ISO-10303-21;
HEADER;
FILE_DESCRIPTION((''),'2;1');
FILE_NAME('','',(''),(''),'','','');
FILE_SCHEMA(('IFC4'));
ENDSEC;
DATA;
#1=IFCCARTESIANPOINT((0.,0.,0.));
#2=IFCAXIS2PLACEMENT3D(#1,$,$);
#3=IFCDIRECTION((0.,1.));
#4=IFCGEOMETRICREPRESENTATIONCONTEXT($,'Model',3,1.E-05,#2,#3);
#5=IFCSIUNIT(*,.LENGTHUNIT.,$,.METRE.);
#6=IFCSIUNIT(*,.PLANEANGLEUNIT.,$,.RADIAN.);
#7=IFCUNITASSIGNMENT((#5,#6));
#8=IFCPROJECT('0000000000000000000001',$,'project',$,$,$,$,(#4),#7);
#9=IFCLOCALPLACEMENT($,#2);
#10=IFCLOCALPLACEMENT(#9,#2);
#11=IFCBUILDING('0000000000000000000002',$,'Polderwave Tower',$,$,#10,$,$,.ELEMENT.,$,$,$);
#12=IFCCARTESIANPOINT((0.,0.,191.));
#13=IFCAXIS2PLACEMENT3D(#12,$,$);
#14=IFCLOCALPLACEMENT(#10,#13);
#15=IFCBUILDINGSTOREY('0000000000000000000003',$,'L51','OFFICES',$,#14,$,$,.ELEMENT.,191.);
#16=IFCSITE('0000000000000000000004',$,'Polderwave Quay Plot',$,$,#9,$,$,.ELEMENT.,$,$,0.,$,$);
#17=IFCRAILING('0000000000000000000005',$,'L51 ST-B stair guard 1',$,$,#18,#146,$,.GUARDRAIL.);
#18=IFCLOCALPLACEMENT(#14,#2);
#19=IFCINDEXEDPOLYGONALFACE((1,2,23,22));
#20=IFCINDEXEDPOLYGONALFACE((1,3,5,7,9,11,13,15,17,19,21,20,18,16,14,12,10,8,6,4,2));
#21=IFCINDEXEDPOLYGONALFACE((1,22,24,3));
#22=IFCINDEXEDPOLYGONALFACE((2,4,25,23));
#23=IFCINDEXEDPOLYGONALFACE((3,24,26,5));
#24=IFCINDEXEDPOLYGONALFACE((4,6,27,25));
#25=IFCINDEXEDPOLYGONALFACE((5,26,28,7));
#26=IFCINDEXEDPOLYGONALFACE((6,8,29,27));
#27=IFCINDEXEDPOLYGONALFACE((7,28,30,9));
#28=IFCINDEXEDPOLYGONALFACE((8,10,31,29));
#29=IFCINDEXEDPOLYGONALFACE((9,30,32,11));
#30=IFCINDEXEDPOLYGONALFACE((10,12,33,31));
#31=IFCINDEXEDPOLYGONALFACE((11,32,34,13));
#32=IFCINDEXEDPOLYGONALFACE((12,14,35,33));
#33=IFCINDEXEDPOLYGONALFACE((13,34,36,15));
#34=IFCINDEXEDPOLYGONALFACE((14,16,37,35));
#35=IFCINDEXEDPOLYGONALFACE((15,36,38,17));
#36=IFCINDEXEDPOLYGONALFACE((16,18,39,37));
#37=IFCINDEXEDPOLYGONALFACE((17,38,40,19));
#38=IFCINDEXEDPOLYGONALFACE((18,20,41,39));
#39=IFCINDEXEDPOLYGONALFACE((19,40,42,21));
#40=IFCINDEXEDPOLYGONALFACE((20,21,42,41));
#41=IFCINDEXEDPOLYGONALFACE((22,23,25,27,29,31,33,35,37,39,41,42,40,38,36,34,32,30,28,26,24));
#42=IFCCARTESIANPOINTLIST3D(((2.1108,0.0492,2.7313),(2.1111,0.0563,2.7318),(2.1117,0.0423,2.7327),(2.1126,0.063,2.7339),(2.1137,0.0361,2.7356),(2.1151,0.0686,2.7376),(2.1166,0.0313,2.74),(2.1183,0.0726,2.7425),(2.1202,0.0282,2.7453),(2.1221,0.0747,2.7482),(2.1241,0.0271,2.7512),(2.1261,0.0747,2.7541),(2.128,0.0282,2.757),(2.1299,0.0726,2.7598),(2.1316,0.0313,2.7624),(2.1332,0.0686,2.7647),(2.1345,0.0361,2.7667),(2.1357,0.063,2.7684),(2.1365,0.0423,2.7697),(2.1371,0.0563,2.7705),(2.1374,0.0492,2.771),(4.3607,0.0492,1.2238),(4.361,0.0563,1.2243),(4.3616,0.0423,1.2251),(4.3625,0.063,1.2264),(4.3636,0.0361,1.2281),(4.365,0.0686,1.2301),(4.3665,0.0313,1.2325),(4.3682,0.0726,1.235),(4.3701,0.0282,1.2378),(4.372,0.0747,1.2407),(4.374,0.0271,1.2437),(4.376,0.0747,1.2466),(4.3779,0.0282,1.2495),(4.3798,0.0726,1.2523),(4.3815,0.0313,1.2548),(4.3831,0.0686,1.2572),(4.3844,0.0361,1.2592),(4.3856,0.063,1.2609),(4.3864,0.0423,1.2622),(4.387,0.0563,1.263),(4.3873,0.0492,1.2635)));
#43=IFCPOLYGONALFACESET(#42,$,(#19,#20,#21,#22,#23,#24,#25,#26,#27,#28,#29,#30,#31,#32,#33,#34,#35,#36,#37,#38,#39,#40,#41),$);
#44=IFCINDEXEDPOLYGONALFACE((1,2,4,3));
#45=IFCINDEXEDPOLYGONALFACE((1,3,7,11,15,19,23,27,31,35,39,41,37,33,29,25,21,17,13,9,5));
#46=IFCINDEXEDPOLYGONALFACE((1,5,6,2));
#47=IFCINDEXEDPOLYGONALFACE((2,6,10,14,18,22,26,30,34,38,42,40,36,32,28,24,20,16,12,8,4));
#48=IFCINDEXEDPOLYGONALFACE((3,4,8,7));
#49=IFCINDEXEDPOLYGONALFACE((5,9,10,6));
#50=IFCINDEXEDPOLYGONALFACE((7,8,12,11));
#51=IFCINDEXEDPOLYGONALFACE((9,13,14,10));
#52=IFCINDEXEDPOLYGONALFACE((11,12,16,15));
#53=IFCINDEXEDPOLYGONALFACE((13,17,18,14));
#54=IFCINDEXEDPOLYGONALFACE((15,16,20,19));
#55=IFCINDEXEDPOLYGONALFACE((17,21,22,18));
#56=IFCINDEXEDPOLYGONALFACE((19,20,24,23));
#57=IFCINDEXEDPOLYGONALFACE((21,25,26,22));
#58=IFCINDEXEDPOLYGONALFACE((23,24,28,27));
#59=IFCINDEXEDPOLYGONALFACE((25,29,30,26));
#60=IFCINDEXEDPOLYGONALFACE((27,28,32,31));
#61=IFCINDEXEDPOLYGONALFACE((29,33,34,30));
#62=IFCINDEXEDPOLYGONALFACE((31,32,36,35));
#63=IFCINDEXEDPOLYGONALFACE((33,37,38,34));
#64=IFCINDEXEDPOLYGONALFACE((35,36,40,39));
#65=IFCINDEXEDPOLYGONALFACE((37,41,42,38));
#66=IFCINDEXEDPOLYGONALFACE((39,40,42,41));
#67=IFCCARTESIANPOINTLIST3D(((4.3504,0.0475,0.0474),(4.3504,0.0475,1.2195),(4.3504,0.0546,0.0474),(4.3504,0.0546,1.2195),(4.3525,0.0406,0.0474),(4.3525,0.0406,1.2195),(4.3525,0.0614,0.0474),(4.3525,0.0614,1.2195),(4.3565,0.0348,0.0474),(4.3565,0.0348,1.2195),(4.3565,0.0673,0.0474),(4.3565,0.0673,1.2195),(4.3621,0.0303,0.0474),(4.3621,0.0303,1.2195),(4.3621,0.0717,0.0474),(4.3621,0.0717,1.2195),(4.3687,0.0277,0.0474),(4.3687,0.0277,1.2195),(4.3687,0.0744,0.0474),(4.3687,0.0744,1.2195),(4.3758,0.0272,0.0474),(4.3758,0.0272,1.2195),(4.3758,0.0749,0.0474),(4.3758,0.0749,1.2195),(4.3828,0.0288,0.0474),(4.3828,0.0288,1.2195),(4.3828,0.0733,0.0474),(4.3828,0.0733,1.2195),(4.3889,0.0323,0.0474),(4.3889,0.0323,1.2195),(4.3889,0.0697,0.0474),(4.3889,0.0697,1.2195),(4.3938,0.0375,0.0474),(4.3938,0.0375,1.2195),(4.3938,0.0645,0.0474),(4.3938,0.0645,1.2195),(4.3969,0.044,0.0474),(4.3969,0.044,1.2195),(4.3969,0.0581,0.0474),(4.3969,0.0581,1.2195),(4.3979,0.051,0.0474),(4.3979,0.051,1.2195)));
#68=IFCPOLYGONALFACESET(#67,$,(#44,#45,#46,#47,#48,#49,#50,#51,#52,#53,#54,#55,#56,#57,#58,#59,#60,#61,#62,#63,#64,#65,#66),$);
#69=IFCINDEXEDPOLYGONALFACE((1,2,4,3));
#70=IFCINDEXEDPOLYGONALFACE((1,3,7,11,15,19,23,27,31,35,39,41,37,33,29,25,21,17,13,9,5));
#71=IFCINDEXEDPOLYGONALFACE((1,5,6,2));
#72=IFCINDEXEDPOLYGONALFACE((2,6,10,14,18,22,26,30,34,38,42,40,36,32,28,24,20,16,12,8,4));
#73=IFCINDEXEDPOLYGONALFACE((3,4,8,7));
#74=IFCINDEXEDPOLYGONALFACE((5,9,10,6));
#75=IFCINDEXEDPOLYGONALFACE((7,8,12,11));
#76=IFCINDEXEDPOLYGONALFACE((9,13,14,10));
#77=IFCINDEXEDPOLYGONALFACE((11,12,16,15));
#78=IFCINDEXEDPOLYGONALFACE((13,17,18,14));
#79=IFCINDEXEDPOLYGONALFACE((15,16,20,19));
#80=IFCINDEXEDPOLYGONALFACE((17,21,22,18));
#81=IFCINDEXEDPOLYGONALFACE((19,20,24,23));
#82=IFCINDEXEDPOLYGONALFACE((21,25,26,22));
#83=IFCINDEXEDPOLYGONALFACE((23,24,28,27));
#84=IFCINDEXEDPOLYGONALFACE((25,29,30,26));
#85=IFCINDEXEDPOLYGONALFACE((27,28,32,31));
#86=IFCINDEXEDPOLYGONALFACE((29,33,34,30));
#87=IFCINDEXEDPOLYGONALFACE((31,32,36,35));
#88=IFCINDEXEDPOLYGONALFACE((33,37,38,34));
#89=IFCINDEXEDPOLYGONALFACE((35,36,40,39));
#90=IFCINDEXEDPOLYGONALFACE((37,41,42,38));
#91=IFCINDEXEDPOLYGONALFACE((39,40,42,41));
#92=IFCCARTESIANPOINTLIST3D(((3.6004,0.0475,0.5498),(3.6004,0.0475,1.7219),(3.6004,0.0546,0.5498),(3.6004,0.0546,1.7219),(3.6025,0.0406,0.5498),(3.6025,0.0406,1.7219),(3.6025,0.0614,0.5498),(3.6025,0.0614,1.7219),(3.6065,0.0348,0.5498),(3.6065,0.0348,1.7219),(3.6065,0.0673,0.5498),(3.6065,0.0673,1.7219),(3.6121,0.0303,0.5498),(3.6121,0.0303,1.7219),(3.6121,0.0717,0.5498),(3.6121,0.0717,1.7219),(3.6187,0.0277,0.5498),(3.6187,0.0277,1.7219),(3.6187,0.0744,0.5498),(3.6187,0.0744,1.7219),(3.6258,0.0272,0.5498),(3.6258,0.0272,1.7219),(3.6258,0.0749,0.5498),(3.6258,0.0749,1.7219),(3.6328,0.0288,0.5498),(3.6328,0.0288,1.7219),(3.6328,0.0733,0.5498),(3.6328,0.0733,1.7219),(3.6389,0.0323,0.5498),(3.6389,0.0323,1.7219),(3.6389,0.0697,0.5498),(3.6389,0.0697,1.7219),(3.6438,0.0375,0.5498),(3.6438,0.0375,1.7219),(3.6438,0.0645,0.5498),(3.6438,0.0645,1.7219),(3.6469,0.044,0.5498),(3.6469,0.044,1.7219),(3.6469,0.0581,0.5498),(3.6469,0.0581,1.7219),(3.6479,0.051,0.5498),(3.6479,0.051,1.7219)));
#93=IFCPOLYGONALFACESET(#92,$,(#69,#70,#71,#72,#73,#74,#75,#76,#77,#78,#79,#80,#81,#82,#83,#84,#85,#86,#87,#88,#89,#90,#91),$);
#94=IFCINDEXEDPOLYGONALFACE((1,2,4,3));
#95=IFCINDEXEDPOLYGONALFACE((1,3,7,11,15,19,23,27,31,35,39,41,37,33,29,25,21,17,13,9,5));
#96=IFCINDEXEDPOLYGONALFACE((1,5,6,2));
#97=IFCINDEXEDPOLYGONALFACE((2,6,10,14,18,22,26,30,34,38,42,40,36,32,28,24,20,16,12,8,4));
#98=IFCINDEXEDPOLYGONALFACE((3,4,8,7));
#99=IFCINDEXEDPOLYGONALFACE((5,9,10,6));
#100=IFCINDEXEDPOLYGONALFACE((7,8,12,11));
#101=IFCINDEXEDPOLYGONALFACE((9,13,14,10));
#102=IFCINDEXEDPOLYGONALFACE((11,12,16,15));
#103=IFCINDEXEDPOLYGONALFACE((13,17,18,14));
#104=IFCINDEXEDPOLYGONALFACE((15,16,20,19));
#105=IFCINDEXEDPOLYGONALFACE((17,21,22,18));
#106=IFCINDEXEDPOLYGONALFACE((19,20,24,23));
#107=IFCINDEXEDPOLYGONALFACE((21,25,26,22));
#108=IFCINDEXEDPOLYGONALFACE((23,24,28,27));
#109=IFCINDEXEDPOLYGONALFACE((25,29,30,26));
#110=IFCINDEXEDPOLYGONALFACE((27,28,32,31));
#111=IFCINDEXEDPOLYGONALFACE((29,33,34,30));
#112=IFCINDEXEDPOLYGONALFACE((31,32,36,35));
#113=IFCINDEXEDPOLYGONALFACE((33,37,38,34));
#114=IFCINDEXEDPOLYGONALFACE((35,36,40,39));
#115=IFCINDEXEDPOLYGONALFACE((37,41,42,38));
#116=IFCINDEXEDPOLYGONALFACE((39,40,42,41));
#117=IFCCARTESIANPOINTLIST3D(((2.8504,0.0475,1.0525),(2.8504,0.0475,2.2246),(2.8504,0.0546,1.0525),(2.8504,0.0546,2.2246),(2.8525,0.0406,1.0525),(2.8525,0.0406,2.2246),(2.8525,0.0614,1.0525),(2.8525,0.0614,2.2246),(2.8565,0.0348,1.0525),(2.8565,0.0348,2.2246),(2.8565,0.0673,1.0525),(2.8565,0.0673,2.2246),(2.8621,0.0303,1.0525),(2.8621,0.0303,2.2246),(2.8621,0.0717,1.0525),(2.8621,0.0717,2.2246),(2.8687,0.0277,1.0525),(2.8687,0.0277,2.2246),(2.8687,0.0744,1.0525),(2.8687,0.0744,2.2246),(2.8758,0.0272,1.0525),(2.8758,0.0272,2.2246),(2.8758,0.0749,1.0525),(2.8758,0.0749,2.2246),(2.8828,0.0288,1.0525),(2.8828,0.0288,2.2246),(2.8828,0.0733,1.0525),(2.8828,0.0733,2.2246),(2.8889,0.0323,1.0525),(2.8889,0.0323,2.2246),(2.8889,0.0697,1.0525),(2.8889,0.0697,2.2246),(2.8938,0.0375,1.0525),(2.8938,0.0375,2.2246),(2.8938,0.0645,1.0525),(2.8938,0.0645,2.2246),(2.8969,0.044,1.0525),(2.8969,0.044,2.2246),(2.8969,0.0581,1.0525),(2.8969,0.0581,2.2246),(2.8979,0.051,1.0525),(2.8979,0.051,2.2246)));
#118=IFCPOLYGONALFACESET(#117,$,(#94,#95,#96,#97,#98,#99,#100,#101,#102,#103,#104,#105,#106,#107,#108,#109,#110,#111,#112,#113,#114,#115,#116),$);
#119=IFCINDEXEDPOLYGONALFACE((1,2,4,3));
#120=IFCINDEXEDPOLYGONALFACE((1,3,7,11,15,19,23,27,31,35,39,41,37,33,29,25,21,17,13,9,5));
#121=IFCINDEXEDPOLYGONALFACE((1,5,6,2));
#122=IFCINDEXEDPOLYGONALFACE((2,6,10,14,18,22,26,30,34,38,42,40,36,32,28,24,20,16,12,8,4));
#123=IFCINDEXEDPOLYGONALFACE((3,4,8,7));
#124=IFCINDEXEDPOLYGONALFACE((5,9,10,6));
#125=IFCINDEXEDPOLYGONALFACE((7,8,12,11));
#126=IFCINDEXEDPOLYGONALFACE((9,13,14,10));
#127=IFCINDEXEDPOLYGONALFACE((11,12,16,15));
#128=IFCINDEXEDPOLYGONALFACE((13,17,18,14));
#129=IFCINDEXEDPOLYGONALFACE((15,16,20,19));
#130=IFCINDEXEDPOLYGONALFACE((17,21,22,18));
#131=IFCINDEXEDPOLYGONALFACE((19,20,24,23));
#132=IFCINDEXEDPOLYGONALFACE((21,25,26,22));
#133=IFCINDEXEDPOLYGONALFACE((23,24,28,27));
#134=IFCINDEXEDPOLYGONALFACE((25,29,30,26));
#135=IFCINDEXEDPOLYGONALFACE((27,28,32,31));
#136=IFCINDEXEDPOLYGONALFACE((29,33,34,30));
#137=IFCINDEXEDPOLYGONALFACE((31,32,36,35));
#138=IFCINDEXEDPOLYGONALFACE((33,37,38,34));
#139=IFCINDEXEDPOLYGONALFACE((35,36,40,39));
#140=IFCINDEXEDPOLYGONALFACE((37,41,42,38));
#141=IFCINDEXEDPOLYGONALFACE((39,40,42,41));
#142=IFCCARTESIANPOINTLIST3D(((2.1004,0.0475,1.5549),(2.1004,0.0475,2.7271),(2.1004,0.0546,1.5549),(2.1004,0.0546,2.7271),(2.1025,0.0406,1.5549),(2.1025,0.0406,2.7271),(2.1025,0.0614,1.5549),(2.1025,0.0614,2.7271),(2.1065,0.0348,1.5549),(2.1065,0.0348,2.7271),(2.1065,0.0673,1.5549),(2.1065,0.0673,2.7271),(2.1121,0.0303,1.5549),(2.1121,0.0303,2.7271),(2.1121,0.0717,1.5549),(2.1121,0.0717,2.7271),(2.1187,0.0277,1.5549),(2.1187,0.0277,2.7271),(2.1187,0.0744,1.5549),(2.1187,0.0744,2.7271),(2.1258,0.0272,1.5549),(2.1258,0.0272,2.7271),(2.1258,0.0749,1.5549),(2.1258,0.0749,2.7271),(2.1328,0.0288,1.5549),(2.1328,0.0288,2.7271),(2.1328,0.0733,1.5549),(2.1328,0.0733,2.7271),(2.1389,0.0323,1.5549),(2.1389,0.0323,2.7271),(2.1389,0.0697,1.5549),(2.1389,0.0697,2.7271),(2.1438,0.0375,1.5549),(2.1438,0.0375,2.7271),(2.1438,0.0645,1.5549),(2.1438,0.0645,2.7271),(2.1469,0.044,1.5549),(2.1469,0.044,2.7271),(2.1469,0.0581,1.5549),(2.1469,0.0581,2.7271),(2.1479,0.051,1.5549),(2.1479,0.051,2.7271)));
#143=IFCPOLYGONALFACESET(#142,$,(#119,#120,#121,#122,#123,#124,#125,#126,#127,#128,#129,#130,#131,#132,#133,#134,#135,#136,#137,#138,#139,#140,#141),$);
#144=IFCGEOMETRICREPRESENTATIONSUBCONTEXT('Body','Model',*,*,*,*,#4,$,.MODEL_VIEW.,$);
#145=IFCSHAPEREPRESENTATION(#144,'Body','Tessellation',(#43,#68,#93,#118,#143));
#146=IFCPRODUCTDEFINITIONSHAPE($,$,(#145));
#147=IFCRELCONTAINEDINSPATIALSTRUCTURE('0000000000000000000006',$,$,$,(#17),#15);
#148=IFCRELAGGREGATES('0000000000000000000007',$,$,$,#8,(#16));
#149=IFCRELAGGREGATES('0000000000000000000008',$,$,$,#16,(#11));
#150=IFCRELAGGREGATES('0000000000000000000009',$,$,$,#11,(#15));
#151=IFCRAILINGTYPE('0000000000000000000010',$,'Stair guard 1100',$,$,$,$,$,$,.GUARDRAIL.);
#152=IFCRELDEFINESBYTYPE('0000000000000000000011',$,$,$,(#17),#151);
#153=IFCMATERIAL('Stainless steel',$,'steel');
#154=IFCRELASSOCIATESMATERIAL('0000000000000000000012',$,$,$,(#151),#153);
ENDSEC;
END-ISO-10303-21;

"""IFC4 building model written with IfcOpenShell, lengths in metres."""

from ifc_helpers import new_model, si_unit, direction, frame, origin, origin_2d, place, context, subcontext, project, spatial, circle, extrude, material, type_object, element, save


model = new_model("IFC4")

# Units and contexts
model_context = context("Model", 3, precision=1e-05, world=origin(), true_north=direction((0.0, 1.0)))
body_context = subcontext(model_context, "Body", "Model", "MODEL_VIEW")
ifc_project = project(units=[si_unit("LENGTHUNIT", "METRE"), si_unit("PLANEANGLEUNIT", "RADIAN")], contexts=[model_context])

# Site, building, storey
site_placement = place(None, origin())
site = spatial("IfcSite", under=ifc_project, at=site_placement, Name="Polderwave Quay Plot", CompositionType="ELEMENT", RefElevation=0.0)
building_placement = place(site_placement, origin())
building = spatial("IfcBuilding", under=site, at=building_placement, Name="Polderwave Tower", CompositionType="ELEMENT")
storey_placement = place(building_placement, frame((0.0, 0.0, 191.0)))
storey = spatial("IfcBuildingStorey", under=building, at=storey_placement, Name="L51", Description="OFFICES", CompositionType="ELEMENT", Elevation=191.0)

# Railing
ifc_material_1 = material(Name="Stainless steel", Category="steel")
railing_type_1 = type_object("IfcRailingType", Name="Stair guard 1100", PredefinedType="GUARDRAIL", material=ifc_material_1)
railing_1_placement = place(storey_placement, frame((4.374, 0.051, 0.0474)))
element("IfcRailing", 1, at=railing_1_placement, inside=storey, type_object=railing_type_1, Name="L51 ST-B stair guard 1", PredefinedType="GUARDRAIL", context=body_context, shape_type="SweptSolid", body=[
    extrude(circle(Radius=0.0239, at=origin_2d()), frame((0.0, 0.0, 1.1963), z_axis=(-0.830758, 0.0, 0.556633), x_axis=(0.0, -1.0, 0.0)), (0.0, 0.0, 1.0), 2.7083),
    extrude(circle(Radius=0.0239, at=origin_2d()), origin(), (0.0, 0.0, 1.0), 1.1721),
    extrude(circle(Radius=0.0239, at=origin_2d()), frame((-0.75, 0.0, 0.5024)), (0.0, 0.0, 1.0), 1.1721),
    extrude(circle(Radius=0.0239, at=origin_2d()), frame((-1.5, 0.0, 1.0051)), (0.0, 0.0, 1.0), 1.1721),
    extrude(circle(Radius=0.0239, at=origin_2d()), frame((-2.25, 0.0, 1.5076)), (0.0, 0.0, 1.0), 1.1721),
])

save(model, "model.ifc")
